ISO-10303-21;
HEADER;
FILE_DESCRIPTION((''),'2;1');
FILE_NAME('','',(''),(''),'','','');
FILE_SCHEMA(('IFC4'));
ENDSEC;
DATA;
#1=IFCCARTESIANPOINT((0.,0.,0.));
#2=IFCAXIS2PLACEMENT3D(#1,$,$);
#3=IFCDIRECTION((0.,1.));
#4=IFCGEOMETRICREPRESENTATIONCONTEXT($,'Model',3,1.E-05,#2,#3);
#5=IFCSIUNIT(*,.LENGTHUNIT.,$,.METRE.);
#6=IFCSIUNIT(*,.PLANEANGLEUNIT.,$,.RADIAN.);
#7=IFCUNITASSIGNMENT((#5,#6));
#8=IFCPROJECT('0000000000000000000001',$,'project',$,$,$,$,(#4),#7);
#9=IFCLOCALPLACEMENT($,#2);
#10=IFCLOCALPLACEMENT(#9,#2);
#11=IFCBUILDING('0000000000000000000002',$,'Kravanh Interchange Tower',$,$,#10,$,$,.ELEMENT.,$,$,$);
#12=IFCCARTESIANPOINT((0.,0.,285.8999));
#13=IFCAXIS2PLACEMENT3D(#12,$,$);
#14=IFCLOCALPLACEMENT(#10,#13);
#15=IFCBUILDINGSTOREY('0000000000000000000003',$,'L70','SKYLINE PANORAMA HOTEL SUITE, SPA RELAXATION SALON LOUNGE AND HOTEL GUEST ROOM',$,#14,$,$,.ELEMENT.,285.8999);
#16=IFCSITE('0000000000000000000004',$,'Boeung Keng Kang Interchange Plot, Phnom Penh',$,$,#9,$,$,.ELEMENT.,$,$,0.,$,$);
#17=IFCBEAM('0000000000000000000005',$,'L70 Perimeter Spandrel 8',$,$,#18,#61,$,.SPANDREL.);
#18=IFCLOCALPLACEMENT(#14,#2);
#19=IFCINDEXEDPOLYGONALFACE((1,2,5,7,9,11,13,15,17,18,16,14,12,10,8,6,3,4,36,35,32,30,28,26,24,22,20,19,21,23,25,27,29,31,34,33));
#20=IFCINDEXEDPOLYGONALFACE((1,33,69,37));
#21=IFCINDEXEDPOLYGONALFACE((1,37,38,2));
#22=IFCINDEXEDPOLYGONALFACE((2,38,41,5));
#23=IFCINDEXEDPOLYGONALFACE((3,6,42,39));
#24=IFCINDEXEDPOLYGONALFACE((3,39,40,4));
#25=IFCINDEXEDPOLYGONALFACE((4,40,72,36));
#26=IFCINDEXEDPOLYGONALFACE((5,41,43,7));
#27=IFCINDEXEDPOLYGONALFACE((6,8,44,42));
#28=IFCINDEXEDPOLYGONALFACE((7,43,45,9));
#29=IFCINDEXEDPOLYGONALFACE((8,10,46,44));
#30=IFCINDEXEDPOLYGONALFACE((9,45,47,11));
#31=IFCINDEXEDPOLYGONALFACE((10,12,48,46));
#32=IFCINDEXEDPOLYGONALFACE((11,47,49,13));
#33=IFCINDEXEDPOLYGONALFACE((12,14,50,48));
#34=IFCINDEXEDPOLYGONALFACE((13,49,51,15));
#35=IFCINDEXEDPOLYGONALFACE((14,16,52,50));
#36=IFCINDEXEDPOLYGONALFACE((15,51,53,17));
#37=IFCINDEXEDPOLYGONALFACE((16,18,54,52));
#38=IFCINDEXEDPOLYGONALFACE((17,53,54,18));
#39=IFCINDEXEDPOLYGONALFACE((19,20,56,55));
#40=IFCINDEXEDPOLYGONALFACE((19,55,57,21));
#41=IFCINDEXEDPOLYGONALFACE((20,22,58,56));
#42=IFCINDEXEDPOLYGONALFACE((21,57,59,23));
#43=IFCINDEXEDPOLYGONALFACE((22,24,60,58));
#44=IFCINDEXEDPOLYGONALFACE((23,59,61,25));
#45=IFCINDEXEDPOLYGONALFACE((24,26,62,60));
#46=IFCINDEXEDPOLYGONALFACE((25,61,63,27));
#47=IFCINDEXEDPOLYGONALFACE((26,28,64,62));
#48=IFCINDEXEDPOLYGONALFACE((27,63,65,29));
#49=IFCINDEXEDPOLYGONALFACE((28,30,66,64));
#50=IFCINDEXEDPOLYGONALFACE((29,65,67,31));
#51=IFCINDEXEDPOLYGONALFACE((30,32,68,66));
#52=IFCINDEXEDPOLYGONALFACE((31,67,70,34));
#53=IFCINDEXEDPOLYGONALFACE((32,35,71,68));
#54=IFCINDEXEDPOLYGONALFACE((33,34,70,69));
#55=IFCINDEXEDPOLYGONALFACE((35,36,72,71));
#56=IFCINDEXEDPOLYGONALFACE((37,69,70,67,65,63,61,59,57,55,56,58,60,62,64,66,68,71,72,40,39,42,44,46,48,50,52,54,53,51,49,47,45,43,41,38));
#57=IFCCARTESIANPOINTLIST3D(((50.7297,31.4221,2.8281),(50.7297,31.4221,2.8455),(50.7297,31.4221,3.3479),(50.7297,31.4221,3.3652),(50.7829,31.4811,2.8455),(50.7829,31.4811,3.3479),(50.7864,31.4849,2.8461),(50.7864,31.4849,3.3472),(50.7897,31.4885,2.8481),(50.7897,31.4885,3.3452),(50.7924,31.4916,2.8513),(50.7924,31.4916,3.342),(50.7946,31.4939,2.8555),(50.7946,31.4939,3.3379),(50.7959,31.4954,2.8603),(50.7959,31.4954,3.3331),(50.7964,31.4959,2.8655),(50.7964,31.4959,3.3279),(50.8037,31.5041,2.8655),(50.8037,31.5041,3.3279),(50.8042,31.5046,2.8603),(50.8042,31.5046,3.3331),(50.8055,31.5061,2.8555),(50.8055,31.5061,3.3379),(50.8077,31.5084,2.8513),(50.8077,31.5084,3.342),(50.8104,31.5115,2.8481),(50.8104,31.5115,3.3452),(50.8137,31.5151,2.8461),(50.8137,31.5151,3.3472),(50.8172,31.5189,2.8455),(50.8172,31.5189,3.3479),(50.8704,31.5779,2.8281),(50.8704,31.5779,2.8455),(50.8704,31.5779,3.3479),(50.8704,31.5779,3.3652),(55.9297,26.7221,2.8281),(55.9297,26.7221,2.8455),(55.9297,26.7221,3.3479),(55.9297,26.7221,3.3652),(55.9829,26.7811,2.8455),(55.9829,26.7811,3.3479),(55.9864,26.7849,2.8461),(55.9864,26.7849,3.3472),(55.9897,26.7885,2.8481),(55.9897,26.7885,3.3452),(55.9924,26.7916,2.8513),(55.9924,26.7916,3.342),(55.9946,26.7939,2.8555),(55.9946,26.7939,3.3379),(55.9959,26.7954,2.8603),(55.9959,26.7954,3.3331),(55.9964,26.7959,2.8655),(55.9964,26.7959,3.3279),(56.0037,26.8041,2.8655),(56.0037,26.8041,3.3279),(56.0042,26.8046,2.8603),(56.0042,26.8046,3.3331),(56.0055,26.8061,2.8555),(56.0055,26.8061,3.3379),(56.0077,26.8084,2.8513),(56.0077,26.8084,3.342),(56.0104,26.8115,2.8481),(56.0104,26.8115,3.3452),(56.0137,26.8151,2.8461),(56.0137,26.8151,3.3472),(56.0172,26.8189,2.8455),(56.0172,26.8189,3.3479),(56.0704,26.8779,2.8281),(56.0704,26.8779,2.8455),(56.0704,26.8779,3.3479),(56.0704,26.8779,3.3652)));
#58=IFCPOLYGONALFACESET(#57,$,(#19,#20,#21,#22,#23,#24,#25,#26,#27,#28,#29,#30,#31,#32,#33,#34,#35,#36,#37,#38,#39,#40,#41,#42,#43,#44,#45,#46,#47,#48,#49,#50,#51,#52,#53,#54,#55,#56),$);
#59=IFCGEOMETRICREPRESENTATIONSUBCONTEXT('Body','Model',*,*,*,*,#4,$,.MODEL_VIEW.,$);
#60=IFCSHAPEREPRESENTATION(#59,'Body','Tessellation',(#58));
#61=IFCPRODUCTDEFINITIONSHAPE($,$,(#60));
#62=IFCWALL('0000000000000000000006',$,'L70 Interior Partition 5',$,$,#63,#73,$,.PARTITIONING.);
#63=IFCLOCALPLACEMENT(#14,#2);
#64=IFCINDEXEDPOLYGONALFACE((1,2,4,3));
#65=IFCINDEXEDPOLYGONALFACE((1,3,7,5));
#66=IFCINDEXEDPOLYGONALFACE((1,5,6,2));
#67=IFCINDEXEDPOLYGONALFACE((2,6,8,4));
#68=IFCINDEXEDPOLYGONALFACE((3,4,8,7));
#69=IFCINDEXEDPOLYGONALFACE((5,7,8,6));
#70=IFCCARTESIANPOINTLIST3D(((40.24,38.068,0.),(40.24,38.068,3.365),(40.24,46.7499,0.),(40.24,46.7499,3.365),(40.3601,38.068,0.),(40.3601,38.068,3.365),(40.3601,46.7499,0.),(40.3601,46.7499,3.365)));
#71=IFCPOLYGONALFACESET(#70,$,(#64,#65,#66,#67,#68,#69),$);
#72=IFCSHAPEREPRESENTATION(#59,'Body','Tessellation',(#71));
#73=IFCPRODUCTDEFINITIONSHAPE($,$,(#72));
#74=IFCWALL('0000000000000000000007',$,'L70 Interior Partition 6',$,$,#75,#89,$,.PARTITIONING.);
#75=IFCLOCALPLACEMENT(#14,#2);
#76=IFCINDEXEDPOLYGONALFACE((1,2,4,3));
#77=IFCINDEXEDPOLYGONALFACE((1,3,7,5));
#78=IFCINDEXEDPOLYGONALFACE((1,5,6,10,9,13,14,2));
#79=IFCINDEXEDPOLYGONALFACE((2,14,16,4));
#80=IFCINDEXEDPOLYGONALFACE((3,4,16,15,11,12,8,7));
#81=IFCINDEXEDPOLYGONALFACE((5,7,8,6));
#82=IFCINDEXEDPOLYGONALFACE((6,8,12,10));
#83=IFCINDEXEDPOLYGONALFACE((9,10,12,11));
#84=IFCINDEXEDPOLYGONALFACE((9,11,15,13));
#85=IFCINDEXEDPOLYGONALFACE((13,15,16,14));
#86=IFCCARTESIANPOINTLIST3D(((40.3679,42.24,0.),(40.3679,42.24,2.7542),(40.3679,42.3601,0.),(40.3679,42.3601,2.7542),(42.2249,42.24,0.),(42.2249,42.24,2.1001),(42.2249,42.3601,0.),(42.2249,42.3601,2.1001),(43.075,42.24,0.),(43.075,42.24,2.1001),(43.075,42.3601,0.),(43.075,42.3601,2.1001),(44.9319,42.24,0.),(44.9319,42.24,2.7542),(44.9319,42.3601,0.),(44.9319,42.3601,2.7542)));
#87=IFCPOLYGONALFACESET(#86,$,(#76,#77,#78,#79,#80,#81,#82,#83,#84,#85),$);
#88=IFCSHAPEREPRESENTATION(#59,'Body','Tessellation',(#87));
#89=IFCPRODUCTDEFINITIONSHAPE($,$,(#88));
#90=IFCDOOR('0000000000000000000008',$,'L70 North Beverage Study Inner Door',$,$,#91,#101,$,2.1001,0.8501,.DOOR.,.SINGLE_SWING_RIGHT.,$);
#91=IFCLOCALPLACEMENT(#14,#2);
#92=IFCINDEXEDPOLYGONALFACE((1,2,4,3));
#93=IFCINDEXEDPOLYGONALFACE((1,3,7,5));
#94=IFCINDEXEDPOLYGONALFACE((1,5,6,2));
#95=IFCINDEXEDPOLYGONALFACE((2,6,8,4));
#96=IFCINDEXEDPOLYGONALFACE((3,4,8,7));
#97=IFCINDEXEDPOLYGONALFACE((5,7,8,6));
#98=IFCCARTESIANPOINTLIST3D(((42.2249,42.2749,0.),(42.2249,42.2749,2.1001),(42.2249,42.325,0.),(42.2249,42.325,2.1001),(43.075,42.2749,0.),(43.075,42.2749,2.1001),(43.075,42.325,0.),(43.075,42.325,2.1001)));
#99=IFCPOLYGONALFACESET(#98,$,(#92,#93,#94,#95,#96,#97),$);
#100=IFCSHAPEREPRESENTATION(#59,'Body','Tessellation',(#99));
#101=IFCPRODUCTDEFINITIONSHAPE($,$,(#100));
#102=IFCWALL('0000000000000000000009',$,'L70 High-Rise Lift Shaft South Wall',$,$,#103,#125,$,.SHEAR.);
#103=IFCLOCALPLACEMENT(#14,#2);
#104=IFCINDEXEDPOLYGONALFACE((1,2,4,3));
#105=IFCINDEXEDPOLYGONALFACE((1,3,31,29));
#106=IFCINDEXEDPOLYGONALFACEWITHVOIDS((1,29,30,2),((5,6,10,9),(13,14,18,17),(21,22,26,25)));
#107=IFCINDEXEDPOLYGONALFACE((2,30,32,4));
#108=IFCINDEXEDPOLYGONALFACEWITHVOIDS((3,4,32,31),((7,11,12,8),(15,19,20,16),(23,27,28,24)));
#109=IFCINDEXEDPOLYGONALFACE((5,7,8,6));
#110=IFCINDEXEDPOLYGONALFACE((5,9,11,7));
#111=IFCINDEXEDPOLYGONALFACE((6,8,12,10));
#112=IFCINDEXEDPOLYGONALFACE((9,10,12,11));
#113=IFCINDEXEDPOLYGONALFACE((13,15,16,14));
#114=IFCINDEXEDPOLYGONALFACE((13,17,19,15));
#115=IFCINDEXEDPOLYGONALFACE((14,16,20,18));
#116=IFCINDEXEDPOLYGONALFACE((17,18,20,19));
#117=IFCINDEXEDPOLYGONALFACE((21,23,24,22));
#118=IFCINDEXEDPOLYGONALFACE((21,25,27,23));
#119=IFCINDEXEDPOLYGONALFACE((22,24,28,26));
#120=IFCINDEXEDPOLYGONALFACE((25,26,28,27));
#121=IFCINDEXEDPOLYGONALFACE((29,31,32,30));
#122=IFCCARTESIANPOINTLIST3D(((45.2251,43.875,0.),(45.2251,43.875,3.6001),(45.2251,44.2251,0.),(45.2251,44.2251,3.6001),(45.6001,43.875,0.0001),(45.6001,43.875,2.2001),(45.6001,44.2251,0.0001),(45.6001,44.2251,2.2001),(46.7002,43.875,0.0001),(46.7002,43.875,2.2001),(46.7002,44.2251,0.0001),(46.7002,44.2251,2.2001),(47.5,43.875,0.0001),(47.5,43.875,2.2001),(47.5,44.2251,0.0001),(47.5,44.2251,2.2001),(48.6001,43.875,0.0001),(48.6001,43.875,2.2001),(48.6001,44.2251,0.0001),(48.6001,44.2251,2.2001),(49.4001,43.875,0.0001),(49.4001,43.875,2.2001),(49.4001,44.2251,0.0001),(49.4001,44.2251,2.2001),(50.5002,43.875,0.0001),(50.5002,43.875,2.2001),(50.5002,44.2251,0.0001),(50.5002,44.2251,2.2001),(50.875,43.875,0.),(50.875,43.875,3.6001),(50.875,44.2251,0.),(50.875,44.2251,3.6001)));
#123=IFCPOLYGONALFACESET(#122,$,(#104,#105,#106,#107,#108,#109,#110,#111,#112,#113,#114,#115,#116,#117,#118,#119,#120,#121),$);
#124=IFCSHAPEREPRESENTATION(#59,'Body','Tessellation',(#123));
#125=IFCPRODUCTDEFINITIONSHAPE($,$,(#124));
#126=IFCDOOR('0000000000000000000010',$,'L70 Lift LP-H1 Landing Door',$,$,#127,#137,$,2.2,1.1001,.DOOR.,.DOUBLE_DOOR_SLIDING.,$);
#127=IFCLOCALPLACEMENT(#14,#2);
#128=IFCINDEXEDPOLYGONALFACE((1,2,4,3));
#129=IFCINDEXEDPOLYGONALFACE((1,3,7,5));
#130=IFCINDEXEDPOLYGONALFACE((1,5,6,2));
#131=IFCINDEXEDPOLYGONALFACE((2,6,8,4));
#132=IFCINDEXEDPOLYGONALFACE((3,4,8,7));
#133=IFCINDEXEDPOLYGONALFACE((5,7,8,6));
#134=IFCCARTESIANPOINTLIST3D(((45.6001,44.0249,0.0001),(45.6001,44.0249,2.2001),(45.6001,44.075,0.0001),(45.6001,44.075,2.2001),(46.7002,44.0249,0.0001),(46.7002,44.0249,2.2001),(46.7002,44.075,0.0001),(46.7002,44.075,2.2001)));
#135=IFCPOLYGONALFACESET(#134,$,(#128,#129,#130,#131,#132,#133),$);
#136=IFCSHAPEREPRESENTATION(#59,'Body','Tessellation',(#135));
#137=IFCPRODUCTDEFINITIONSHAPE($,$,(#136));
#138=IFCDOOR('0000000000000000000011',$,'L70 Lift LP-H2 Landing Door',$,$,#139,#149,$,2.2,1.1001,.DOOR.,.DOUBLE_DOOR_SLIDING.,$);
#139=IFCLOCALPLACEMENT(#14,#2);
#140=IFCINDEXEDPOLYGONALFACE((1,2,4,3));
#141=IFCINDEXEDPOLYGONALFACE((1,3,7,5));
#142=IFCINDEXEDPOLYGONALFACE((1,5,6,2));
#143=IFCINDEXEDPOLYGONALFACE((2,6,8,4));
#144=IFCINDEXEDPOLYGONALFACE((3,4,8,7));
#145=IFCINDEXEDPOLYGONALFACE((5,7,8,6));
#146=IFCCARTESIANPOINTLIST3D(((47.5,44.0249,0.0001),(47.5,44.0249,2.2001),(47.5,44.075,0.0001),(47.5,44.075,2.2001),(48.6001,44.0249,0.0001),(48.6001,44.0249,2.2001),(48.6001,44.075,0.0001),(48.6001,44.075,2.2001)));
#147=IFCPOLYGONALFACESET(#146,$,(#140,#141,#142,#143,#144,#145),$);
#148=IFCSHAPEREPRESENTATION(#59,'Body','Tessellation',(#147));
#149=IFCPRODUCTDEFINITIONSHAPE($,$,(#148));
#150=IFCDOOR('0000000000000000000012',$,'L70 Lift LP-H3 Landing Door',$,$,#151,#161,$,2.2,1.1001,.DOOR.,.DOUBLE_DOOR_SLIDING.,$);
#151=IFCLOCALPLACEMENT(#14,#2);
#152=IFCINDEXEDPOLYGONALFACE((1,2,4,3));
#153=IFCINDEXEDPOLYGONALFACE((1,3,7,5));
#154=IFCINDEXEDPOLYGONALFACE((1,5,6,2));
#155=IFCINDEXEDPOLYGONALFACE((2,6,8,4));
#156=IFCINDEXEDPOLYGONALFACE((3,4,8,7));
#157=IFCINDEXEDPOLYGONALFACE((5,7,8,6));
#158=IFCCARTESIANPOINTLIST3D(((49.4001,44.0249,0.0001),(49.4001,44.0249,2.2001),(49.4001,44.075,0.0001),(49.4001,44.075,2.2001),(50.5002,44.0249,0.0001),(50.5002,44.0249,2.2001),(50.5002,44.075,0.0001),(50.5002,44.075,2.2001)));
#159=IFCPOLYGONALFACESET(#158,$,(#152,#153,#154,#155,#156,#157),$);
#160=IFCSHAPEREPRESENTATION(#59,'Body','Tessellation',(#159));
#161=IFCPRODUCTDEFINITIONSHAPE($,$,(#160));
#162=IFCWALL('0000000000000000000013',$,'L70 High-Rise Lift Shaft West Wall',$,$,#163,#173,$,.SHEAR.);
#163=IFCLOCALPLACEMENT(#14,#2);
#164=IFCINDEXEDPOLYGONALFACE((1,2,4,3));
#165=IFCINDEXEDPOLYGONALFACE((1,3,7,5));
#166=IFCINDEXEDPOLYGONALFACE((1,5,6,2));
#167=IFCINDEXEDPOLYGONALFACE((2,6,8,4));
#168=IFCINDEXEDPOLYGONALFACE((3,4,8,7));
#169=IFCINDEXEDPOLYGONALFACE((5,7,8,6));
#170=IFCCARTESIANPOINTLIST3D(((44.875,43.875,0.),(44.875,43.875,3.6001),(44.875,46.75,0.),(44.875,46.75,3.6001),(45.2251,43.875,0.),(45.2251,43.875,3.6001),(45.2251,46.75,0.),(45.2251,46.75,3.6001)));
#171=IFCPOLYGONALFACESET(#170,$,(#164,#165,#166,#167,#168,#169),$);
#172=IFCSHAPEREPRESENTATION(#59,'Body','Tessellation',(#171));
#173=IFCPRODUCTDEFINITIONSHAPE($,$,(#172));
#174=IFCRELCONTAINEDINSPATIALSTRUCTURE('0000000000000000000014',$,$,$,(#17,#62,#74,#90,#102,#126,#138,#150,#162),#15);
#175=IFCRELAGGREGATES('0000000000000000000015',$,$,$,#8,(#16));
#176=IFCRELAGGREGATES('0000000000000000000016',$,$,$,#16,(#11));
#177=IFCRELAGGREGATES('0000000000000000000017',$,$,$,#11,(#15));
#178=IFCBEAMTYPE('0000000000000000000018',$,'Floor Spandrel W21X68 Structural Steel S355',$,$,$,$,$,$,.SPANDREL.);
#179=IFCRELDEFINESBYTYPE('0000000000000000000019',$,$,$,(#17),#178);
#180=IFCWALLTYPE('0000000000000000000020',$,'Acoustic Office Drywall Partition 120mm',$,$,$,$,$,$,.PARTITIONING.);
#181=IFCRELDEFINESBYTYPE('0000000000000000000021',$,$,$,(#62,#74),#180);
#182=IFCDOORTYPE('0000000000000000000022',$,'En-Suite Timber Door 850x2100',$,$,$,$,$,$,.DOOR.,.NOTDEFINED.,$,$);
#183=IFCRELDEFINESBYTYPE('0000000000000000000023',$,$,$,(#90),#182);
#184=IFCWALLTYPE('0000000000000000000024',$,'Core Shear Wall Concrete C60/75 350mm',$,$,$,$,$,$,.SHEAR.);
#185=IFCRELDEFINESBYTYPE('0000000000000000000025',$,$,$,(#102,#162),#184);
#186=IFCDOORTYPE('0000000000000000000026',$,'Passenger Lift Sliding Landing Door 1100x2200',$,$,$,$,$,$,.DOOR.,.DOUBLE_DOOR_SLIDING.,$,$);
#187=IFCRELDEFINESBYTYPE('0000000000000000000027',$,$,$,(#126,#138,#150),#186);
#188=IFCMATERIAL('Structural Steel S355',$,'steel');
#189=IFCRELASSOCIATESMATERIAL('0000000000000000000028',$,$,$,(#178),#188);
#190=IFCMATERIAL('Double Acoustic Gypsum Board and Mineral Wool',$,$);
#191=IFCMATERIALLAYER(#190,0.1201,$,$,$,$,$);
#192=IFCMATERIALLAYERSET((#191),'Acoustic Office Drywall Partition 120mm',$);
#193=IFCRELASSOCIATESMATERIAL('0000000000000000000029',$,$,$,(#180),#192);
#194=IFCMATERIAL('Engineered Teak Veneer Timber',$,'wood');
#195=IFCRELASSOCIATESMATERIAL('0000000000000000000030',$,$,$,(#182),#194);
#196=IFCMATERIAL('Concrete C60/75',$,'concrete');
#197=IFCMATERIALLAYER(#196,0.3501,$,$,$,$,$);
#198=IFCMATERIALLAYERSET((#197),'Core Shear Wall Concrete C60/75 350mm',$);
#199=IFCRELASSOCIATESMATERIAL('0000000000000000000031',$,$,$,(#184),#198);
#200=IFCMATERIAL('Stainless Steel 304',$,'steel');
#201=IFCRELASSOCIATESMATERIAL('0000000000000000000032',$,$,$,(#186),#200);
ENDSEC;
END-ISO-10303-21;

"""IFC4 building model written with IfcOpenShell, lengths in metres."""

from ifc_helpers import new_model, si_unit, direction, frame, frame_2d, origin, origin_2d, place, context, subcontext, project, spatial, rectangle, i_section, extrude, material, layer, layer_set, material_profile, profile_set, type_object, element, fill, save


model = new_model("IFC4")

# Units and contexts
model_context = context("Model", 3, precision=1e-05, world=origin(), true_north=direction((0.0, 1.0)))
body_context = subcontext(model_context, "Body", "Model", "MODEL_VIEW")
ifc_project = project(units=[si_unit("LENGTHUNIT", "METRE"), si_unit("PLANEANGLEUNIT", "RADIAN")], contexts=[model_context])

# Site, building, storey
site_placement = place(None, origin())
site = spatial("IfcSite", under=ifc_project, at=site_placement, Name="Boeung Keng Kang Interchange Plot, Phnom Penh", CompositionType="ELEMENT", RefElevation=0.0)
building_placement = place(site_placement, origin())
building = spatial("IfcBuilding", under=site, at=building_placement, Name="Kravanh Interchange Tower", CompositionType="ELEMENT")
storey_placement = place(building_placement, frame((0.0, 0.0, 285.8999)))
storey = spatial("IfcBuildingStorey", under=building, at=storey_placement, Name="L70", Description="SKYLINE PANORAMA HOTEL SUITE, SPA RELAXATION SALON LOUNGE AND HOTEL GUEST ROOM", CompositionType="ELEMENT", Elevation=285.8999)

# Beam
ifc_material_1 = material(Name="Structural Steel S355", Category="steel")
ifc_material_profile_1 = material_profile(ifc_material_1, i_section(OverallWidth=0.21, OverallDepth=0.5371, WebThickness=0.011, FlangeThickness=0.0173, FilletRadius=0.02, at=origin_2d()), Name="W21X68")
ifc_profile_set_1 = profile_set([ifc_material_profile_1], Name="Structural Steel S355")
beam_type_1 = type_object("IfcBeamType", Name="Floor Spandrel W21X68 Structural Steel S355", PredefinedType="SPANDREL", material=ifc_profile_set_1)
beam_1_placement = place(storey_placement, frame((50.8, 31.5, 3.0967), z_axis=(0.741874, -0.670539, 0.0), x_axis=(0.670539, 0.741874, 0.0)))
element("IfcBeam", 1, at=beam_1_placement, inside=storey, type_object=beam_type_1, Name="L70 Perimeter Spandrel 8", PredefinedType="SPANDREL", context=body_context, shape_type="SweptSolid", body=[
    extrude(i_section(OverallWidth=0.21, OverallDepth=0.5371, WebThickness=0.011, FlangeThickness=0.0173, FilletRadius=0.02, at=origin_2d()), origin(), (0.0, 0.0, 1.0), 7.0093),
])

# Wall
ifc_material_2 = material(Name="Double Acoustic Gypsum Board and Mineral Wool")
ifc_layer_1 = layer(ifc_material_2, 0.1201)
ifc_layer_set_1 = layer_set([ifc_layer_1], Name="Acoustic Office Drywall Partition 120mm")
wall_type_1 = type_object("IfcWallType", Name="Acoustic Office Drywall Partition 120mm", PredefinedType="PARTITIONING", material=ifc_layer_set_1)
wall_1_placement = place(storey_placement, frame((40.3, 38.0681, 0.0), z_axis=(0.0, 0.0, 1.0), x_axis=(0.0, 1.0, 0.0)))
element("IfcWall", 2, at=wall_1_placement, inside=storey, type_object=wall_type_1, Name="L70 Interior Partition 5", PredefinedType="PARTITIONING", context=body_context, shape_type="SweptSolid", body=[
    extrude(rectangle(XDim=8.6819, YDim=0.1201, at=frame_2d((4.3408, 0.0))), origin(), (0.0, 0.0, 1.0), 3.365),
])

# Wall, opening, door
wall_2_placement = place(storey_placement, frame((40.3679, 42.3, 0.0), z_axis=(0.0, 0.0, 1.0), x_axis=(1.0, 0.0, 0.0)))
wall_2 = element("IfcWall", 3, at=wall_2_placement, inside=storey, type_object=wall_type_1, Name="L70 Interior Partition 6", PredefinedType="PARTITIONING", context=body_context, shape_type="SweptSolid", body=[
    extrude(rectangle(XDim=4.564, YDim=0.1201, at=frame_2d((2.282, 0.0))), origin(), (0.0, 0.0, 1.0), 2.7542),
])
opening_1_placement = place(wall_2_placement, frame((1.8569, 0.0, 0.0)))
opening_1 = element("IfcOpeningElement", 4, at=opening_1_placement, cuts=wall_2, PredefinedType="OPENING", context=body_context, shape_type="SweptSolid", body=[
    extrude(rectangle(XDim=0.8501, YDim=2.1001, at=frame_2d((0.425, 1.05))), frame((0.0, 0.0701, 0.0), z_axis=(0.0, -1.0, 0.0), x_axis=(1.0, 0.0, 0.0)), (0.0, 0.0, 1.0), 0.1401),
])
ifc_material_3 = material(Name="Engineered Teak Veneer Timber", Category="wood")
door_type_1 = type_object("IfcDoorType", Name="En-Suite Timber Door 850x2100", OperationType="NOTDEFINED", PredefinedType="DOOR", material=ifc_material_3)
door_1_placement = place(opening_1_placement, origin())
door_1 = element("IfcDoor", 5, at=door_1_placement, inside=storey, type_object=door_type_1, Name="L70 North Beverage Study Inner Door", OperationType="SINGLE_SWING_RIGHT", OverallHeight=2.1001, OverallWidth=0.8501, PredefinedType="DOOR", context=body_context, shape_type="SweptSolid", body=[
    extrude(rectangle(XDim=0.8501, YDim=2.1001, at=frame_2d((0.425, 1.05))), frame((0.0, 0.0249, 0.0), z_axis=(0.0, -1.0, 0.0), x_axis=(1.0, 0.0, 0.0)), (0.0, 0.0, 1.0), 0.05),
])
fill(opening_1, door_1)

# Wall, openings, doors
ifc_material_4 = material(Name="Concrete C60/75", Category="concrete")
ifc_layer_2 = layer(ifc_material_4, 0.3501)
ifc_layer_set_2 = layer_set([ifc_layer_2], Name="Core Shear Wall Concrete C60/75 350mm")
wall_type_2 = type_object("IfcWallType", Name="Core Shear Wall Concrete C60/75 350mm", PredefinedType="SHEAR", material=ifc_layer_set_2)
wall_3_placement = place(storey_placement, frame((45.2251, 44.05, 0.0), z_axis=(0.0, 0.0, 1.0), x_axis=(1.0, 0.0, 0.0)))
wall_3 = element("IfcWall", 6, at=wall_3_placement, inside=storey, type_object=wall_type_2, Name="L70 High-Rise Lift Shaft South Wall", PredefinedType="SHEAR", context=body_context, shape_type="SweptSolid", body=[
    extrude(rectangle(XDim=5.6499, YDim=0.3501, at=frame_2d((2.825, 0.0))), origin(), (0.0, 0.0, 1.0), 3.6001),
])
opening_2_placement = place(wall_3_placement, frame((0.375, 0.0, 0.0)))
opening_2 = element("IfcOpeningElement", 7, at=opening_2_placement, cuts=wall_3, PredefinedType="OPENING", context=body_context, shape_type="SweptSolid", body=[
    extrude(rectangle(XDim=1.1001, YDim=2.2, at=frame_2d((0.55, 1.1001))), frame((0.0, 0.1851, 0.0), z_axis=(0.0, -1.0, 0.0), x_axis=(1.0, 0.0, 0.0)), (0.0, 0.0, 1.0), 0.3701),
])
opening_3_placement = place(wall_3_placement, frame((2.2749, 0.0, 0.0)))
opening_3 = element("IfcOpeningElement", 8, at=opening_3_placement, cuts=wall_3, PredefinedType="OPENING", context=body_context, shape_type="SweptSolid", body=[
    extrude(rectangle(XDim=1.1001, YDim=2.2, at=frame_2d((0.55, 1.1001))), frame((0.0, 0.1851, 0.0), z_axis=(0.0, -1.0, 0.0), x_axis=(1.0, 0.0, 0.0)), (0.0, 0.0, 1.0), 0.3701),
])
opening_4_placement = place(wall_3_placement, frame((4.175, 0.0, 0.0)))
opening_4 = element("IfcOpeningElement", 9, at=opening_4_placement, cuts=wall_3, PredefinedType="OPENING", context=body_context, shape_type="SweptSolid", body=[
    extrude(rectangle(XDim=1.1001, YDim=2.2, at=frame_2d((0.55, 1.1001))), frame((0.0, 0.1851, 0.0), z_axis=(0.0, -1.0, 0.0), x_axis=(1.0, 0.0, 0.0)), (0.0, 0.0, 1.0), 0.3701),
])
ifc_material_5 = material(Name="Stainless Steel 304", Category="steel")
door_type_2 = type_object("IfcDoorType", Name="Passenger Lift Sliding Landing Door 1100x2200", OperationType="DOUBLE_DOOR_SLIDING", PredefinedType="DOOR", material=ifc_material_5)
door_2_placement = place(opening_2_placement, origin())
door_2 = element("IfcDoor", 10, at=door_2_placement, inside=storey, type_object=door_type_2, Name="L70 Lift LP-H1 Landing Door", OperationType="DOUBLE_DOOR_SLIDING", OverallHeight=2.2, OverallWidth=1.1001, PredefinedType="DOOR", context=body_context, shape_type="SweptSolid", body=[
    extrude(rectangle(XDim=1.1001, YDim=2.2, at=frame_2d((0.55, 1.1001))), frame((0.0, 0.0249, 0.0), z_axis=(0.0, -1.0, 0.0), x_axis=(1.0, 0.0, 0.0)), (0.0, 0.0, 1.0), 0.05),
])
fill(opening_2, door_2)
door_3_placement = place(opening_3_placement, origin())
door_3 = element("IfcDoor", 11, at=door_3_placement, inside=storey, type_object=door_type_2, Name="L70 Lift LP-H2 Landing Door", OperationType="DOUBLE_DOOR_SLIDING", OverallHeight=2.2, OverallWidth=1.1001, PredefinedType="DOOR", context=body_context, shape_type="SweptSolid", body=[
    extrude(rectangle(XDim=1.1001, YDim=2.2, at=frame_2d((0.55, 1.1001))), frame((0.0, 0.0249, 0.0), z_axis=(0.0, -1.0, 0.0), x_axis=(1.0, 0.0, 0.0)), (0.0, 0.0, 1.0), 0.05),
])
fill(opening_3, door_3)
door_4_placement = place(opening_4_placement, origin())
door_4 = element("IfcDoor", 12, at=door_4_placement, inside=storey, type_object=door_type_2, Name="L70 Lift LP-H3 Landing Door", OperationType="DOUBLE_DOOR_SLIDING", OverallHeight=2.2, OverallWidth=1.1001, PredefinedType="DOOR", context=body_context, shape_type="SweptSolid", body=[
    extrude(rectangle(XDim=1.1001, YDim=2.2, at=frame_2d((0.55, 1.1001))), frame((0.0, 0.0249, 0.0), z_axis=(0.0, -1.0, 0.0), x_axis=(1.0, 0.0, 0.0)), (0.0, 0.0, 1.0), 0.05),
])
fill(opening_4, door_4)

# Wall
wall_4_placement = place(storey_placement, frame((45.05, 43.875, 0.0), z_axis=(0.0, 0.0, 1.0), x_axis=(0.0, 1.0, 0.0)))
element("IfcWall", 13, at=wall_4_placement, inside=storey, type_object=wall_type_2, Name="L70 High-Rise Lift Shaft West Wall", PredefinedType="SHEAR", context=body_context, shape_type="SweptSolid", body=[
    extrude(rectangle(XDim=2.875, YDim=0.3501, at=frame_2d((1.4375, 0.0))), origin(), (0.0, 0.0, 1.0), 3.6001),
])

save(model, "model.ifc")
